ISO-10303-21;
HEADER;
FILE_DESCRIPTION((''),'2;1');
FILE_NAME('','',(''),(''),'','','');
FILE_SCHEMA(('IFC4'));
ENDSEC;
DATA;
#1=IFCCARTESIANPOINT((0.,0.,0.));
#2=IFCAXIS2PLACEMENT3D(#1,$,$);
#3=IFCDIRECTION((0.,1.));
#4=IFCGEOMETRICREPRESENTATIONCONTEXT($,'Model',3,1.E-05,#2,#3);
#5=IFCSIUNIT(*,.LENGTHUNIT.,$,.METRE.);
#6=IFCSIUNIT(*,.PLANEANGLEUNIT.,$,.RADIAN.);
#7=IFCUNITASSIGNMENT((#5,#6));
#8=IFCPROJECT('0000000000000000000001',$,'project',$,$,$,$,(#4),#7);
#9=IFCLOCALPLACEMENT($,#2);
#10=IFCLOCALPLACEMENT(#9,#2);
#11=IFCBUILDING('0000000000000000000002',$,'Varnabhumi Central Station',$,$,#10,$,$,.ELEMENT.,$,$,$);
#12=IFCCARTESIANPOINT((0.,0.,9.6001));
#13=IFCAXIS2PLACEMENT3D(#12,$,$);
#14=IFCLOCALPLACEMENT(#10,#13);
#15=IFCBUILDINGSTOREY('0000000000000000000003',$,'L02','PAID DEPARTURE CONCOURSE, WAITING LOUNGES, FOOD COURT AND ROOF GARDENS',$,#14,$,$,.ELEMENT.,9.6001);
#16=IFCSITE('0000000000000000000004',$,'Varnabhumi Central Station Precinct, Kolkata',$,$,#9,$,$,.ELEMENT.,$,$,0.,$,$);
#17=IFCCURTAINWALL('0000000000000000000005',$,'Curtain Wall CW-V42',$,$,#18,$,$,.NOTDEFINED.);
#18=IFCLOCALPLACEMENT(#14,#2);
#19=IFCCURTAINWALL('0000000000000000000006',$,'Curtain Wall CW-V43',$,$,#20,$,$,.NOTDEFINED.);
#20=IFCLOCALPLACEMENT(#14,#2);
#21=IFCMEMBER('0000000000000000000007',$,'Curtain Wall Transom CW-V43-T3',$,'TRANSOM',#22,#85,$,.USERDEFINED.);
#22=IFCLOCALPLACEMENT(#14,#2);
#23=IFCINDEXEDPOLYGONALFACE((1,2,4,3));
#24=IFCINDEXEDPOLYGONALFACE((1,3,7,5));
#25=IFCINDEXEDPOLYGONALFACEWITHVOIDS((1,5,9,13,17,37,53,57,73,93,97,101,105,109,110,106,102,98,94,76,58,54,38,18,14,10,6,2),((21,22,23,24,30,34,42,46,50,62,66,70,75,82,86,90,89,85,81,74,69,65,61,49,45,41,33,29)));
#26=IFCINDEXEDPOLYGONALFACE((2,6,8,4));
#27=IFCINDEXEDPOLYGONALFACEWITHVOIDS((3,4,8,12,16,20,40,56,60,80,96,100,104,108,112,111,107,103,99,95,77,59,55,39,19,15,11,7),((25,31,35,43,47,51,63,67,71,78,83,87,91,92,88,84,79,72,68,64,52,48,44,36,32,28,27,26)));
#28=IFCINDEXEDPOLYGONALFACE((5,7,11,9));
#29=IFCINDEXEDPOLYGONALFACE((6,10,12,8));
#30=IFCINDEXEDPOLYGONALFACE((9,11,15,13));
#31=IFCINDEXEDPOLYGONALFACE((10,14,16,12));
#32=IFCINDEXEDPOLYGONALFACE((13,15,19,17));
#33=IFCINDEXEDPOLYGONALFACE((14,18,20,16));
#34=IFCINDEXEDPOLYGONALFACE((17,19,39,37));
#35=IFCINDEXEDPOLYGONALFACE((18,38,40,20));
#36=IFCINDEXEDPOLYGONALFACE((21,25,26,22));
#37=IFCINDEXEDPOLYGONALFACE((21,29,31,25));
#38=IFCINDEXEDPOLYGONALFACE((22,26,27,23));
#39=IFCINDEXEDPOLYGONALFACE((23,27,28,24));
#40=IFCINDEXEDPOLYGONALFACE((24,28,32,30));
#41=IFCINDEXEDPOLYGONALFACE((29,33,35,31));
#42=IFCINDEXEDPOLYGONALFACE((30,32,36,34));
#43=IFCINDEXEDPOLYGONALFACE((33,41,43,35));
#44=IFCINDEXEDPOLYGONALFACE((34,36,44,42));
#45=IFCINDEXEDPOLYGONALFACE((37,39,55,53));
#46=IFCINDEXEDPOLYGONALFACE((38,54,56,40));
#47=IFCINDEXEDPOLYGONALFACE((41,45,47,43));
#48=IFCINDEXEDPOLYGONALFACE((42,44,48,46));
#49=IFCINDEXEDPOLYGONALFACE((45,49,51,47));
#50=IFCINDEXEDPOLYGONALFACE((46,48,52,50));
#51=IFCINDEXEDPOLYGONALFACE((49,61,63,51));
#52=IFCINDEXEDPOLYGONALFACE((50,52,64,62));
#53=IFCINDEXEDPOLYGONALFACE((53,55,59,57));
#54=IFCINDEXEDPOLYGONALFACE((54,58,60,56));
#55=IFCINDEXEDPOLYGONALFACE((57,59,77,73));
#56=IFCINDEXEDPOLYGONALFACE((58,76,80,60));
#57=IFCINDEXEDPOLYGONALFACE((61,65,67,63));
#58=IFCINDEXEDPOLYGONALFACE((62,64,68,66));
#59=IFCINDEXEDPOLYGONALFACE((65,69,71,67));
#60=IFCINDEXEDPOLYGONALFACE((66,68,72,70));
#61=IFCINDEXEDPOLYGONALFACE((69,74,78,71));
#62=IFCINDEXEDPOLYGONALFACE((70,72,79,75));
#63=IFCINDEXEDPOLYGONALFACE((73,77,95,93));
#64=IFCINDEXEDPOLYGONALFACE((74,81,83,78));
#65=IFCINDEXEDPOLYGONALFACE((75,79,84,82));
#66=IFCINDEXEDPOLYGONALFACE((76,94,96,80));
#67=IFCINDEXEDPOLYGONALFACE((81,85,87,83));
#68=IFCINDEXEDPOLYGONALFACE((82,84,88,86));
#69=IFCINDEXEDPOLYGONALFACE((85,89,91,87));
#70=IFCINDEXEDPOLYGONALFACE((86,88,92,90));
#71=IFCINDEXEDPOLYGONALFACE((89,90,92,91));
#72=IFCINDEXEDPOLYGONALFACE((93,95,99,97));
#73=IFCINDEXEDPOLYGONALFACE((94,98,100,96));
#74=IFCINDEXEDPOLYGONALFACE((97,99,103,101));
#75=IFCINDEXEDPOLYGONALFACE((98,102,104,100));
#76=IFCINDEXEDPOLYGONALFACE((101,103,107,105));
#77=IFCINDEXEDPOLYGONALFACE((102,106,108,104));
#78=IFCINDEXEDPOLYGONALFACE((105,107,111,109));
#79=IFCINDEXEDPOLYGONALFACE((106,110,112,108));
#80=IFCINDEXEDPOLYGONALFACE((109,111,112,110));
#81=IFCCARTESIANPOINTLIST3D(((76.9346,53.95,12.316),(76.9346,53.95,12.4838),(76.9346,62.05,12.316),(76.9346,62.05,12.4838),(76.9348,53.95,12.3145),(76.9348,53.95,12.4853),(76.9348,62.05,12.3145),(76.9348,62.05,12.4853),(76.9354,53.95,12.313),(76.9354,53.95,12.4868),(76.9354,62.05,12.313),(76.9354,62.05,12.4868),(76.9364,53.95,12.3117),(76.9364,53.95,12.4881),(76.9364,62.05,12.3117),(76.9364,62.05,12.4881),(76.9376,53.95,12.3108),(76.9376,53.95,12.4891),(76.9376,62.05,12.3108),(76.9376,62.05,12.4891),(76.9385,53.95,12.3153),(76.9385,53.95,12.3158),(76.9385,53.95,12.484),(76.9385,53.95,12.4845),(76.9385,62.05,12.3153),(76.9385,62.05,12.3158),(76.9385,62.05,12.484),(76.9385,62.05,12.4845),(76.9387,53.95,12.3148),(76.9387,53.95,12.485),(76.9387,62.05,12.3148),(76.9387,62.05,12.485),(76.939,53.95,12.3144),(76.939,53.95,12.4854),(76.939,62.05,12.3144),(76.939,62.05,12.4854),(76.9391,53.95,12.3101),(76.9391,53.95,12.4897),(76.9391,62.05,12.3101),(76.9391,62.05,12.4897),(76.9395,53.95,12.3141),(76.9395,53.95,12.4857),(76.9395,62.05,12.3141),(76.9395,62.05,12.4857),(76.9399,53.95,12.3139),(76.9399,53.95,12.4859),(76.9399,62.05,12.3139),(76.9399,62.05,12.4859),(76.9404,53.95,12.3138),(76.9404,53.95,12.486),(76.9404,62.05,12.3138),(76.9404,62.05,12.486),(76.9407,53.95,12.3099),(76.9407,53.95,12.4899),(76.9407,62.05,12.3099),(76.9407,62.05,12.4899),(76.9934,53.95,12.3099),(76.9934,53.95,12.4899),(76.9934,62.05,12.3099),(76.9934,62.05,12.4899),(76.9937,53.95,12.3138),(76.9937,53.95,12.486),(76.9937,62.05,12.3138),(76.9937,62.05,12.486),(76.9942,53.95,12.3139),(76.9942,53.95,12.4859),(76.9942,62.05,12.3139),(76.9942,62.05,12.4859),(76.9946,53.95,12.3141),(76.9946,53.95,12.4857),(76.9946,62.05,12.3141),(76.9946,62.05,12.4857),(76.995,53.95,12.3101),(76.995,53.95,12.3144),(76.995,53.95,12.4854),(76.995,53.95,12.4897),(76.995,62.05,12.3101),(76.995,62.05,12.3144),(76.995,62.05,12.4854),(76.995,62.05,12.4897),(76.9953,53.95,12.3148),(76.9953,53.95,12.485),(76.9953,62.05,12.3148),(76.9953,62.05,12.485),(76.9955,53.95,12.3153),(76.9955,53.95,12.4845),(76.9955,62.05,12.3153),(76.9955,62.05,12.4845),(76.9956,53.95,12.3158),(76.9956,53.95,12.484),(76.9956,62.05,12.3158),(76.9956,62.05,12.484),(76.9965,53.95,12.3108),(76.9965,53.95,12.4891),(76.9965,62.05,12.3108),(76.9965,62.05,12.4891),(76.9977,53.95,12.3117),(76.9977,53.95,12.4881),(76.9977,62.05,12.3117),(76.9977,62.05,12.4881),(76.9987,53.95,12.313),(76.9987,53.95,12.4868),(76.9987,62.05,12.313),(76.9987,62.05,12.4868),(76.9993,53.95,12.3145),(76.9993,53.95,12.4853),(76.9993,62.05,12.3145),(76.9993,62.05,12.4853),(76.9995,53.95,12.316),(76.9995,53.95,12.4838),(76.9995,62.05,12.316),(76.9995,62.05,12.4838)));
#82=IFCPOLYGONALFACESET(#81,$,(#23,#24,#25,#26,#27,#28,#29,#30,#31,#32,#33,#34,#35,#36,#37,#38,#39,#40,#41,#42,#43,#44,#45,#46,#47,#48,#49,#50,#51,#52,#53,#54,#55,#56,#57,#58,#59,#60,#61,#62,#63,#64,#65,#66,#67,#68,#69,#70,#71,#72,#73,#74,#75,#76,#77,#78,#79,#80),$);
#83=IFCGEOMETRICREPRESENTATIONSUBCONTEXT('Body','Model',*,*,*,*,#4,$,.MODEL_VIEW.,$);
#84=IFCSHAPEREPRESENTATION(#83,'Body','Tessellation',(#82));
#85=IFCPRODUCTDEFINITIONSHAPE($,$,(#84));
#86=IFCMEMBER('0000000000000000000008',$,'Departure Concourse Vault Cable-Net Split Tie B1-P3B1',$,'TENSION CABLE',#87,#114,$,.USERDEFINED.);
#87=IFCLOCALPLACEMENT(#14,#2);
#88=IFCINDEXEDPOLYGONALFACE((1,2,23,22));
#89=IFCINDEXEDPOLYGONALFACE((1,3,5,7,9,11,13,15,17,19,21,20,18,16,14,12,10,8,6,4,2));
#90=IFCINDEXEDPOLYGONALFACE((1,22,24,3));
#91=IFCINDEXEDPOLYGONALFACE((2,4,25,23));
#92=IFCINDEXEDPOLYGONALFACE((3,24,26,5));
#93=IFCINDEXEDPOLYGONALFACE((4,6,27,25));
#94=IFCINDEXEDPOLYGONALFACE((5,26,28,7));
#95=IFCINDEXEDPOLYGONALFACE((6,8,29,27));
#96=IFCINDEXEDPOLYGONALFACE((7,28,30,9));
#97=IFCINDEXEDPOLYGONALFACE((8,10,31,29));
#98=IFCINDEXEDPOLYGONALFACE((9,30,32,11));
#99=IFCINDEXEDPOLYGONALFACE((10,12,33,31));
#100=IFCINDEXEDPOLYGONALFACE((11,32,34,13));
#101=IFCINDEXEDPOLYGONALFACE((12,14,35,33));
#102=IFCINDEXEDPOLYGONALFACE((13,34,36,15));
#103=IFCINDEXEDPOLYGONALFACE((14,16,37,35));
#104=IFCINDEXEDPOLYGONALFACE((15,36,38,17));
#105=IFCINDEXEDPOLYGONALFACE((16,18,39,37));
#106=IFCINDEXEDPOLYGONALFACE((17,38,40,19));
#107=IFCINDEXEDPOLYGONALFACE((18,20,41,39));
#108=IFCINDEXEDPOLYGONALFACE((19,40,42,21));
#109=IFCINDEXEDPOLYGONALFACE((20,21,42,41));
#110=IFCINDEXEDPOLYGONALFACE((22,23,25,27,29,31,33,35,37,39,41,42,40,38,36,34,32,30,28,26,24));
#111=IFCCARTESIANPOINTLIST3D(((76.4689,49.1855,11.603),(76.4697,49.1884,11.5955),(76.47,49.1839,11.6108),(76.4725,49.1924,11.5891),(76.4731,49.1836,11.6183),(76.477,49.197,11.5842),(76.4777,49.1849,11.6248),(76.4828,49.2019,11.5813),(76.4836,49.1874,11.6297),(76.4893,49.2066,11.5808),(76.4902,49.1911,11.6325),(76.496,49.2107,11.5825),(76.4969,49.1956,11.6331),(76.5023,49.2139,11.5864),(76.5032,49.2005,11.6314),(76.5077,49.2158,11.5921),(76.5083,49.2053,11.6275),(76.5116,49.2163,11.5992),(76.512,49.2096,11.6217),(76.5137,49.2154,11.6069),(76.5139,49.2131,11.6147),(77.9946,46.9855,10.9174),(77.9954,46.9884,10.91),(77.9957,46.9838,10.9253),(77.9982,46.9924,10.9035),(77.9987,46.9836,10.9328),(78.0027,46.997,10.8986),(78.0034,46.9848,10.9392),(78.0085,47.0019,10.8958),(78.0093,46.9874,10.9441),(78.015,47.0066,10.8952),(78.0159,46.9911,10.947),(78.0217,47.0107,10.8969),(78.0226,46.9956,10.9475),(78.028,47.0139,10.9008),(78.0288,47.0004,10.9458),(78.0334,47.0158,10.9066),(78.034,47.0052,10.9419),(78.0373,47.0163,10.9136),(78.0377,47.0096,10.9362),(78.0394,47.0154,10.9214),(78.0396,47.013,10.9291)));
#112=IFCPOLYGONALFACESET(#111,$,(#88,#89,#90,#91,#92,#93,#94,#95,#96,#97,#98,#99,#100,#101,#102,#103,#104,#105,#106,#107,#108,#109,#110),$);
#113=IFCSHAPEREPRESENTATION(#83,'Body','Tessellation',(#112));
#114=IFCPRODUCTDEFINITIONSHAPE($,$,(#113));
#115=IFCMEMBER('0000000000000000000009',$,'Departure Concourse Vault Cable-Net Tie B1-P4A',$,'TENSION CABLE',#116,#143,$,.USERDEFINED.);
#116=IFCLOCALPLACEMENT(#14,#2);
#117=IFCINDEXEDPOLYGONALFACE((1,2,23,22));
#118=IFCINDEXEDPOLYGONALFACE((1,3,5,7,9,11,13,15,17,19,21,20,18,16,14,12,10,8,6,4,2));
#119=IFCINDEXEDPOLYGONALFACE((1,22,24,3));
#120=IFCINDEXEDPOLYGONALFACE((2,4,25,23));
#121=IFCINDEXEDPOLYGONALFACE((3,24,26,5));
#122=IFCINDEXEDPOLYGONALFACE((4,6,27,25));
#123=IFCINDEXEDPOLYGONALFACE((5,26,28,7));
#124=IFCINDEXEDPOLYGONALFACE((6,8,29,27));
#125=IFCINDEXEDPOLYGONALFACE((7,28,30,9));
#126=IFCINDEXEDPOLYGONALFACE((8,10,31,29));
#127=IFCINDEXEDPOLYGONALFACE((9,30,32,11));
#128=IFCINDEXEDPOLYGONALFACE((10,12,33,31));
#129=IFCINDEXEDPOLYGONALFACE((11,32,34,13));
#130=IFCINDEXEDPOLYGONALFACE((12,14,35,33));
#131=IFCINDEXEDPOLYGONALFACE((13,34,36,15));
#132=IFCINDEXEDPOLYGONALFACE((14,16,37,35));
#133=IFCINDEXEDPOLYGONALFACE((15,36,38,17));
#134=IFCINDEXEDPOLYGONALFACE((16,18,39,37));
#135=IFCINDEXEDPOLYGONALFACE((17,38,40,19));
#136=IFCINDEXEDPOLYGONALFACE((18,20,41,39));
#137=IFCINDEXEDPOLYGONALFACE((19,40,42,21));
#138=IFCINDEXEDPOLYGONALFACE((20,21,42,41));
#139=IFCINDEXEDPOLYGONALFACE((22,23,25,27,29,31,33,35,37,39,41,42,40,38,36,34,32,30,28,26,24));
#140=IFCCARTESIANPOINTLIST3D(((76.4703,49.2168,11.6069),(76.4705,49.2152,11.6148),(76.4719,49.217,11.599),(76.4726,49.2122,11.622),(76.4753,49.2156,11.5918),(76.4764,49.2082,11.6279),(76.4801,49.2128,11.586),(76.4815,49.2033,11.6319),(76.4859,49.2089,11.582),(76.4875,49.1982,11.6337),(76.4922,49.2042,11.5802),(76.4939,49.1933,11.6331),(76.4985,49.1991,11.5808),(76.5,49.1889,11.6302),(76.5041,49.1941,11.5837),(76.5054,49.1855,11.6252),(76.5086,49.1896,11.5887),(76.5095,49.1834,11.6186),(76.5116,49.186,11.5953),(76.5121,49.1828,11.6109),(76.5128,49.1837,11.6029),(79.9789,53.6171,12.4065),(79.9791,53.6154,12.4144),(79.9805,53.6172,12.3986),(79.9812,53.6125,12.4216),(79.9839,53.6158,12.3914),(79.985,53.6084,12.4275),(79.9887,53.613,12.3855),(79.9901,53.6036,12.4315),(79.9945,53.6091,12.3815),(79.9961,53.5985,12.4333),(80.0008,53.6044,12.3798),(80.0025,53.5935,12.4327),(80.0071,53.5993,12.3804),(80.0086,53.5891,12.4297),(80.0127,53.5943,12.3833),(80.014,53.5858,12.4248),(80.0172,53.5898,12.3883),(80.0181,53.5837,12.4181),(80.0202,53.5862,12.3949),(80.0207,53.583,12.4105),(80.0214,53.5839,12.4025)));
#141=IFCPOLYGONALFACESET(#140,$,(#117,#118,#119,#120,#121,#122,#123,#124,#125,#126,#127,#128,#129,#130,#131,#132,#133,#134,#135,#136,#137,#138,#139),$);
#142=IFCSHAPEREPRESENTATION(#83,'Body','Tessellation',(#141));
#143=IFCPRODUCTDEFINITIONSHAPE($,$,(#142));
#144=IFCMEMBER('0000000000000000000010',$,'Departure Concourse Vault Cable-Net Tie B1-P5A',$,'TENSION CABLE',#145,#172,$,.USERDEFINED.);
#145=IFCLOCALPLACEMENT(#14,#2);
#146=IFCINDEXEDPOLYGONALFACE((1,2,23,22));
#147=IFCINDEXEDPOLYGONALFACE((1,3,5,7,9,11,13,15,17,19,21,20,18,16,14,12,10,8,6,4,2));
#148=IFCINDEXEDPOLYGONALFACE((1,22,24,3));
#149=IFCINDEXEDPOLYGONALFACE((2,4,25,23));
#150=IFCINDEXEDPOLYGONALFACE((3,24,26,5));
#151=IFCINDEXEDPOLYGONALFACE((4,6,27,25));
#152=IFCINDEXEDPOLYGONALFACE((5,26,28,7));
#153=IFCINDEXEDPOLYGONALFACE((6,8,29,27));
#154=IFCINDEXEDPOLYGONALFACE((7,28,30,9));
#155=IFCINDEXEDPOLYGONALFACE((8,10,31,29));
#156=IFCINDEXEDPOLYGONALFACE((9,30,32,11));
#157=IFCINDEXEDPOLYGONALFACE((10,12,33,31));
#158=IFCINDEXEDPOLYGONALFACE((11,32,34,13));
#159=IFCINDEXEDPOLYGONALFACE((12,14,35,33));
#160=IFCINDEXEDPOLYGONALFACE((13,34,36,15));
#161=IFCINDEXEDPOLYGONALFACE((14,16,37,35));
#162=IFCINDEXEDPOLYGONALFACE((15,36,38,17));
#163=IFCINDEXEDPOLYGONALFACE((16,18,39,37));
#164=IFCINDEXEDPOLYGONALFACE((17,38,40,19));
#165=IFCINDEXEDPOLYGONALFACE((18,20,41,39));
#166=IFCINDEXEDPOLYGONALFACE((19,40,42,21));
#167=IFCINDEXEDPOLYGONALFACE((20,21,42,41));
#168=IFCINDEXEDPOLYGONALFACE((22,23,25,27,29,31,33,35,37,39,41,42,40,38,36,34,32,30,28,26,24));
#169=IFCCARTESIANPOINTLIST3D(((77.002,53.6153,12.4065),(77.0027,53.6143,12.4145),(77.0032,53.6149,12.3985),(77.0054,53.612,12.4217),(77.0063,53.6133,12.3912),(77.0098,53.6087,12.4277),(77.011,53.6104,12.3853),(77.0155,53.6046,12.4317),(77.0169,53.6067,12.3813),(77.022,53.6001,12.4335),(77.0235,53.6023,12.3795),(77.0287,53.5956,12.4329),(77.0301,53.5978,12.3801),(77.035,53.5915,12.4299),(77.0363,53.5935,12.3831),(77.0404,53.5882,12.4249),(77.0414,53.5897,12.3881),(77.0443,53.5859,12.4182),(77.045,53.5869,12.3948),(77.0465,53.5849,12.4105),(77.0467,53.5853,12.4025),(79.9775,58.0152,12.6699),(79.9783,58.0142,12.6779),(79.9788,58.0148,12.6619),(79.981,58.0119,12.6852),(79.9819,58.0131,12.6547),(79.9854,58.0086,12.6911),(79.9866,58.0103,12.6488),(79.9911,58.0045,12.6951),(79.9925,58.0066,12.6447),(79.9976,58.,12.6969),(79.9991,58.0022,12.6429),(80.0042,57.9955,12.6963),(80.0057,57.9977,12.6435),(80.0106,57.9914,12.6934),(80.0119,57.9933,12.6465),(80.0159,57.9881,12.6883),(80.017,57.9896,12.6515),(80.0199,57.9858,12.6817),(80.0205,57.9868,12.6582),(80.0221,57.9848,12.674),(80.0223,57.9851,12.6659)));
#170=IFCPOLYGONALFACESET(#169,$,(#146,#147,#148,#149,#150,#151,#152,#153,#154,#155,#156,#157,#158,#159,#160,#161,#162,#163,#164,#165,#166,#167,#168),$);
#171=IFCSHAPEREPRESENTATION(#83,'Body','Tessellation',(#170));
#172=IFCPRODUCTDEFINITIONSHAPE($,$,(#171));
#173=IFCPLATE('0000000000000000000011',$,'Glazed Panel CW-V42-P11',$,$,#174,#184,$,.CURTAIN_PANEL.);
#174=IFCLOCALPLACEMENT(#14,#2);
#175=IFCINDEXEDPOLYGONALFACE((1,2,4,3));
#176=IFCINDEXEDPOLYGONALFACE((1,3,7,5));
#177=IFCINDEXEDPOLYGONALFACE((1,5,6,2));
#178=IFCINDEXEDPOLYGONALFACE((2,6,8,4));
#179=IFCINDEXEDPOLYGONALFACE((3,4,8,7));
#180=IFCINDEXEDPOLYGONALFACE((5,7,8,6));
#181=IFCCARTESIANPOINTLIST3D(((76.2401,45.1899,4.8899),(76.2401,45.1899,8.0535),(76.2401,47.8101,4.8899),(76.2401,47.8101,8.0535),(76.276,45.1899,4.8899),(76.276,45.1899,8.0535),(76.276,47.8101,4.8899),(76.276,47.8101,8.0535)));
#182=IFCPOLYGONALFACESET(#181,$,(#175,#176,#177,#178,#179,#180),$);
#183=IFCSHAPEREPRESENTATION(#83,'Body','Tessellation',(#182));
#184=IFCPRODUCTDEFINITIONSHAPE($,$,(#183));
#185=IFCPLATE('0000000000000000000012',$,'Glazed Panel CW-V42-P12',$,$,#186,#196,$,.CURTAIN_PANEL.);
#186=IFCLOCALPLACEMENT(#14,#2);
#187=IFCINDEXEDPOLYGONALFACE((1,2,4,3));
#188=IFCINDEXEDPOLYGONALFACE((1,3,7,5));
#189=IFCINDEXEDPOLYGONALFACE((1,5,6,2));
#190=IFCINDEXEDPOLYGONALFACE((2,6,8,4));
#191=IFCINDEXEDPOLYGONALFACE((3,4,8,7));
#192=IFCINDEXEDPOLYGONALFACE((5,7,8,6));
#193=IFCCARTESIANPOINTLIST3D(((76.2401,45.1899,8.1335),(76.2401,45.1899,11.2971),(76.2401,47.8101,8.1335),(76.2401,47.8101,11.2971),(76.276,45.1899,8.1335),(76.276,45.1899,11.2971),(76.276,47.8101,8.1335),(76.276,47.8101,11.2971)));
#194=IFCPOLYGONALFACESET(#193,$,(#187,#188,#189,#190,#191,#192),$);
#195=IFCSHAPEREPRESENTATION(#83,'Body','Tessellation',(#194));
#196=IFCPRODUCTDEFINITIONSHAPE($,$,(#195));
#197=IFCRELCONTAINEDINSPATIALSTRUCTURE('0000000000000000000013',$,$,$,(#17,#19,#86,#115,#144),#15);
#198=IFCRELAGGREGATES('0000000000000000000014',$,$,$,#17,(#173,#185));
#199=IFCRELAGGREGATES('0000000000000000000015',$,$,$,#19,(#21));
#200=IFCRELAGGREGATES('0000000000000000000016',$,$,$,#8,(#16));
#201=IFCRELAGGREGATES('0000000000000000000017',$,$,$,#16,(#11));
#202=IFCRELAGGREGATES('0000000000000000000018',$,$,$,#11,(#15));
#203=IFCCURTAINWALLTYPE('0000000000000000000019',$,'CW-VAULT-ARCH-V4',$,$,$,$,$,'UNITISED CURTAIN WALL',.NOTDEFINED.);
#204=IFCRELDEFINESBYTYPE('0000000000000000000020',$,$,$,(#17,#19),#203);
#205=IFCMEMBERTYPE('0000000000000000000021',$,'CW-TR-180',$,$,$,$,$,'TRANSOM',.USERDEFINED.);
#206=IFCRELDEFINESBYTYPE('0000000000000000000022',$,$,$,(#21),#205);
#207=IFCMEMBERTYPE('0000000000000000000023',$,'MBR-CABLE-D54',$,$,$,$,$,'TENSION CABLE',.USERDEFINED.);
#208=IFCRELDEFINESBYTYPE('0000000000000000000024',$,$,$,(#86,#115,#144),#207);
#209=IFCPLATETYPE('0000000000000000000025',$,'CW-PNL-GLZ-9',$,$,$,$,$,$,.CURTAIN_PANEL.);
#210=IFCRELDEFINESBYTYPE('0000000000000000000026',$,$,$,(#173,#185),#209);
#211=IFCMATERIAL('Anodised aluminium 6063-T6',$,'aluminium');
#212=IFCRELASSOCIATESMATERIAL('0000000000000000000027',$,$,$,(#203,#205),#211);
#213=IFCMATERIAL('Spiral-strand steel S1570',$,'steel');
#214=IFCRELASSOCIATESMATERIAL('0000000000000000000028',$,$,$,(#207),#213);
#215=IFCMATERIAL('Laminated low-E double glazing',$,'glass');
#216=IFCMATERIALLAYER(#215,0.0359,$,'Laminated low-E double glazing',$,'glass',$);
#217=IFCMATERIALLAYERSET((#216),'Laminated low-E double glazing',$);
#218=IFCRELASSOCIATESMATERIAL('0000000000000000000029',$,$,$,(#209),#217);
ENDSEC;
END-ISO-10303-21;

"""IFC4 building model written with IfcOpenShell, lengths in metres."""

from ifc_helpers import new_model, si_unit, direction, frame, origin, origin_2d, place, context, subcontext, project, spatial, rectangle, hollow_rectangle, circle, extrude, material, layer, layer_set, material_profile, profile_set, type_object, element, aggregate, save


model = new_model("IFC4")

# Units and contexts
model_context = context("Model", 3, precision=1e-05, world=origin(), true_north=direction((0.0, 1.0)))
body_context = subcontext(model_context, "Body", "Model", "MODEL_VIEW")
ifc_project = project(units=[si_unit("LENGTHUNIT", "METRE"), si_unit("PLANEANGLEUNIT", "RADIAN")], contexts=[model_context])

# Site, building, storey
site_placement = place(None, origin())
site = spatial("IfcSite", under=ifc_project, at=site_placement, Name="Varnabhumi Central Station Precinct, Kolkata", CompositionType="ELEMENT", RefElevation=0.0)
building_placement = place(site_placement, origin())
building = spatial("IfcBuilding", under=site, at=building_placement, Name="Varnabhumi Central Station", CompositionType="ELEMENT")
storey_placement = place(building_placement, frame((0.0, 0.0, 9.6001)))
storey = spatial("IfcBuildingStorey", under=building, at=storey_placement, Name="L02", Description="PAID DEPARTURE CONCOURSE, WAITING LOUNGES, FOOD COURT AND ROOF GARDENS", CompositionType="ELEMENT", Elevation=9.6001)

# Curtain walls, member
ifc_material_1 = material(Name="Anodised aluminium 6063-T6", Category="aluminium")
curtain_wall_type = type_object("IfcCurtainWallType", Name="CW-VAULT-ARCH-V4", ElementType="UNITISED CURTAIN WALL", PredefinedType="NOTDEFINED", material=ifc_material_1)
curtain_wall_1_placement = place(storey_placement, origin())
curtain_wall_1 = element("IfcCurtainWall", 1, at=curtain_wall_1_placement, inside=storey, type_object=curtain_wall_type, Name="Curtain Wall CW-V42", PredefinedType="NOTDEFINED")
curtain_wall_2_placement = place(storey_placement, origin())
curtain_wall_2 = element("IfcCurtainWall", 2, at=curtain_wall_2_placement, inside=storey, type_object=curtain_wall_type, Name="Curtain Wall CW-V43", PredefinedType="NOTDEFINED")
ifc_material_profile_1 = material_profile(ifc_material_1, hollow_rectangle(XDim=0.0649, YDim=0.1799, WallThickness=0.0039, InnerFilletRadius=0.002, OuterFilletRadius=0.0061, at=origin_2d()), Name="Anodised aluminium 6063-T6", Category="aluminium")
ifc_profile_set_1 = profile_set([ifc_material_profile_1], Name="Anodised aluminium 6063-T6")
member_type_1 = type_object("IfcMemberType", Name="CW-TR-180", ElementType="TRANSOM", PredefinedType="USERDEFINED", material=ifc_profile_set_1)
member_1_placement = place(storey_placement, frame((76.967, 53.95, 12.3999), z_axis=(0.0, 1.0, 0.0), x_axis=(-1.0, 0.0, 0.0)))
member_1 = element("IfcMember", 3, at=member_1_placement, type_object=member_type_1, Name="Curtain Wall Transom CW-V43-T3", ObjectType="TRANSOM", PredefinedType="USERDEFINED", context=body_context, shape_type="SweptSolid", body=[
    extrude(hollow_rectangle(XDim=0.0649, YDim=0.1799, WallThickness=0.0039, InnerFilletRadius=0.002, OuterFilletRadius=0.0061, at=origin_2d()), origin(), (0.0, 0.0, 1.0), 8.1001),
])

# Members
ifc_material_2 = material(Name="Spiral-strand steel S1570", Category="steel")
ifc_material_profile_2 = material_profile(ifc_material_2, circle(Radius=0.0271, at=origin_2d()), Name="Spiral-strand steel S1570", Category="steel")
ifc_profile_set_2 = profile_set([ifc_material_profile_2], Name="Spiral-strand steel S1570")
member_type_2 = type_object("IfcMemberType", Name="MBR-CABLE-D54", ElementType="TENSION CABLE", PredefinedType="USERDEFINED", material=ifc_profile_set_2)
member_2_placement = place(storey_placement, frame((76.4915, 49.2, 11.6069), z_axis=(0.552052, -0.796054, -0.248066), x_axis=(0.821739, 0.569864, 0.0)))
element("IfcMember", 4, at=member_2_placement, inside=storey, type_object=member_type_2, Name="Departure Concourse Vault Cable-Net Split Tie B1-P3B1", ObjectType="TENSION CABLE", PredefinedType="USERDEFINED", context=body_context, shape_type="SweptSolid", body=[
    extrude(circle(Radius=0.0271, at=origin_2d()), origin(), (0.0, 0.0, 1.0), 2.7637),
])
member_3_placement = place(storey_placement, frame((76.4915, 49.2, 11.6069), z_axis=(0.617242, 0.774097, 0.140663), x_axis=(-0.781871, 0.62344, 0.0)))
element("IfcMember", 5, at=member_3_placement, inside=storey, type_object=member_type_2, Name="Departure Concourse Vault Cable-Net Tie B1-P4A", ObjectType="TENSION CABLE", PredefinedType="USERDEFINED", context=body_context, shape_type="SweptSolid", body=[
    extrude(circle(Radius=0.0271, at=origin_2d()), origin(), (0.0, 0.0, 1.0), 5.6843),
])
member_4_placement = place(storey_placement, frame((77.0244, 53.6001, 12.4065), z_axis=(0.559516, 0.827338, 0.049534), x_axis=(-0.828355, 0.560204, 0.0)))
element("IfcMember", 6, at=member_4_placement, inside=storey, type_object=member_type_2, Name="Departure Concourse Vault Cable-Net Tie B1-P5A", ObjectType="TENSION CABLE", PredefinedType="USERDEFINED", context=body_context, shape_type="SweptSolid", body=[
    extrude(circle(Radius=0.0271, at=origin_2d()), origin(), (0.0, 0.0, 1.0), 5.3181),
])

# Plates
ifc_material_3 = material(Name="Laminated low-E double glazing", Category="glass")
ifc_layer_1 = layer(ifc_material_3, 0.0359, Name="Laminated low-E double glazing", Category="glass")
ifc_layer_set_1 = layer_set([ifc_layer_1], Name="Laminated low-E double glazing")
plate_type_1 = type_object("IfcPlateType", Name="CW-PNL-GLZ-9", PredefinedType="CURTAIN_PANEL", material=ifc_layer_set_1)
plate_1_placement = place(storey_placement, frame((76.2581, 46.5, 4.8899), z_axis=(0.0, 0.0, 1.0), x_axis=(0.0, 1.0, 0.0)))
plate_1 = element("IfcPlate", 7, at=plate_1_placement, type_object=plate_type_1, Name="Glazed Panel CW-V42-P11", PredefinedType="CURTAIN_PANEL", context=body_context, shape_type="SweptSolid", body=[
    extrude(rectangle(XDim=2.6201, YDim=0.0359, at=origin_2d()), origin(), (0.0, 0.0, 1.0), 3.1636),
])
plate_2_placement = place(storey_placement, frame((76.2581, 46.5, 8.1335), z_axis=(0.0, 0.0, 1.0), x_axis=(0.0, 1.0, 0.0)))
plate_2 = element("IfcPlate", 8, at=plate_2_placement, type_object=plate_type_1, Name="Glazed Panel CW-V42-P12", PredefinedType="CURTAIN_PANEL", context=body_context, shape_type="SweptSolid", body=[
    extrude(rectangle(XDim=2.6201, YDim=0.0359, at=origin_2d()), origin(), (0.0, 0.0, 1.0), 3.1636),
])
aggregate(curtain_wall_1, [plate_1, plate_2])
aggregate(curtain_wall_2, [member_1])

save(model, "model.ifc")
